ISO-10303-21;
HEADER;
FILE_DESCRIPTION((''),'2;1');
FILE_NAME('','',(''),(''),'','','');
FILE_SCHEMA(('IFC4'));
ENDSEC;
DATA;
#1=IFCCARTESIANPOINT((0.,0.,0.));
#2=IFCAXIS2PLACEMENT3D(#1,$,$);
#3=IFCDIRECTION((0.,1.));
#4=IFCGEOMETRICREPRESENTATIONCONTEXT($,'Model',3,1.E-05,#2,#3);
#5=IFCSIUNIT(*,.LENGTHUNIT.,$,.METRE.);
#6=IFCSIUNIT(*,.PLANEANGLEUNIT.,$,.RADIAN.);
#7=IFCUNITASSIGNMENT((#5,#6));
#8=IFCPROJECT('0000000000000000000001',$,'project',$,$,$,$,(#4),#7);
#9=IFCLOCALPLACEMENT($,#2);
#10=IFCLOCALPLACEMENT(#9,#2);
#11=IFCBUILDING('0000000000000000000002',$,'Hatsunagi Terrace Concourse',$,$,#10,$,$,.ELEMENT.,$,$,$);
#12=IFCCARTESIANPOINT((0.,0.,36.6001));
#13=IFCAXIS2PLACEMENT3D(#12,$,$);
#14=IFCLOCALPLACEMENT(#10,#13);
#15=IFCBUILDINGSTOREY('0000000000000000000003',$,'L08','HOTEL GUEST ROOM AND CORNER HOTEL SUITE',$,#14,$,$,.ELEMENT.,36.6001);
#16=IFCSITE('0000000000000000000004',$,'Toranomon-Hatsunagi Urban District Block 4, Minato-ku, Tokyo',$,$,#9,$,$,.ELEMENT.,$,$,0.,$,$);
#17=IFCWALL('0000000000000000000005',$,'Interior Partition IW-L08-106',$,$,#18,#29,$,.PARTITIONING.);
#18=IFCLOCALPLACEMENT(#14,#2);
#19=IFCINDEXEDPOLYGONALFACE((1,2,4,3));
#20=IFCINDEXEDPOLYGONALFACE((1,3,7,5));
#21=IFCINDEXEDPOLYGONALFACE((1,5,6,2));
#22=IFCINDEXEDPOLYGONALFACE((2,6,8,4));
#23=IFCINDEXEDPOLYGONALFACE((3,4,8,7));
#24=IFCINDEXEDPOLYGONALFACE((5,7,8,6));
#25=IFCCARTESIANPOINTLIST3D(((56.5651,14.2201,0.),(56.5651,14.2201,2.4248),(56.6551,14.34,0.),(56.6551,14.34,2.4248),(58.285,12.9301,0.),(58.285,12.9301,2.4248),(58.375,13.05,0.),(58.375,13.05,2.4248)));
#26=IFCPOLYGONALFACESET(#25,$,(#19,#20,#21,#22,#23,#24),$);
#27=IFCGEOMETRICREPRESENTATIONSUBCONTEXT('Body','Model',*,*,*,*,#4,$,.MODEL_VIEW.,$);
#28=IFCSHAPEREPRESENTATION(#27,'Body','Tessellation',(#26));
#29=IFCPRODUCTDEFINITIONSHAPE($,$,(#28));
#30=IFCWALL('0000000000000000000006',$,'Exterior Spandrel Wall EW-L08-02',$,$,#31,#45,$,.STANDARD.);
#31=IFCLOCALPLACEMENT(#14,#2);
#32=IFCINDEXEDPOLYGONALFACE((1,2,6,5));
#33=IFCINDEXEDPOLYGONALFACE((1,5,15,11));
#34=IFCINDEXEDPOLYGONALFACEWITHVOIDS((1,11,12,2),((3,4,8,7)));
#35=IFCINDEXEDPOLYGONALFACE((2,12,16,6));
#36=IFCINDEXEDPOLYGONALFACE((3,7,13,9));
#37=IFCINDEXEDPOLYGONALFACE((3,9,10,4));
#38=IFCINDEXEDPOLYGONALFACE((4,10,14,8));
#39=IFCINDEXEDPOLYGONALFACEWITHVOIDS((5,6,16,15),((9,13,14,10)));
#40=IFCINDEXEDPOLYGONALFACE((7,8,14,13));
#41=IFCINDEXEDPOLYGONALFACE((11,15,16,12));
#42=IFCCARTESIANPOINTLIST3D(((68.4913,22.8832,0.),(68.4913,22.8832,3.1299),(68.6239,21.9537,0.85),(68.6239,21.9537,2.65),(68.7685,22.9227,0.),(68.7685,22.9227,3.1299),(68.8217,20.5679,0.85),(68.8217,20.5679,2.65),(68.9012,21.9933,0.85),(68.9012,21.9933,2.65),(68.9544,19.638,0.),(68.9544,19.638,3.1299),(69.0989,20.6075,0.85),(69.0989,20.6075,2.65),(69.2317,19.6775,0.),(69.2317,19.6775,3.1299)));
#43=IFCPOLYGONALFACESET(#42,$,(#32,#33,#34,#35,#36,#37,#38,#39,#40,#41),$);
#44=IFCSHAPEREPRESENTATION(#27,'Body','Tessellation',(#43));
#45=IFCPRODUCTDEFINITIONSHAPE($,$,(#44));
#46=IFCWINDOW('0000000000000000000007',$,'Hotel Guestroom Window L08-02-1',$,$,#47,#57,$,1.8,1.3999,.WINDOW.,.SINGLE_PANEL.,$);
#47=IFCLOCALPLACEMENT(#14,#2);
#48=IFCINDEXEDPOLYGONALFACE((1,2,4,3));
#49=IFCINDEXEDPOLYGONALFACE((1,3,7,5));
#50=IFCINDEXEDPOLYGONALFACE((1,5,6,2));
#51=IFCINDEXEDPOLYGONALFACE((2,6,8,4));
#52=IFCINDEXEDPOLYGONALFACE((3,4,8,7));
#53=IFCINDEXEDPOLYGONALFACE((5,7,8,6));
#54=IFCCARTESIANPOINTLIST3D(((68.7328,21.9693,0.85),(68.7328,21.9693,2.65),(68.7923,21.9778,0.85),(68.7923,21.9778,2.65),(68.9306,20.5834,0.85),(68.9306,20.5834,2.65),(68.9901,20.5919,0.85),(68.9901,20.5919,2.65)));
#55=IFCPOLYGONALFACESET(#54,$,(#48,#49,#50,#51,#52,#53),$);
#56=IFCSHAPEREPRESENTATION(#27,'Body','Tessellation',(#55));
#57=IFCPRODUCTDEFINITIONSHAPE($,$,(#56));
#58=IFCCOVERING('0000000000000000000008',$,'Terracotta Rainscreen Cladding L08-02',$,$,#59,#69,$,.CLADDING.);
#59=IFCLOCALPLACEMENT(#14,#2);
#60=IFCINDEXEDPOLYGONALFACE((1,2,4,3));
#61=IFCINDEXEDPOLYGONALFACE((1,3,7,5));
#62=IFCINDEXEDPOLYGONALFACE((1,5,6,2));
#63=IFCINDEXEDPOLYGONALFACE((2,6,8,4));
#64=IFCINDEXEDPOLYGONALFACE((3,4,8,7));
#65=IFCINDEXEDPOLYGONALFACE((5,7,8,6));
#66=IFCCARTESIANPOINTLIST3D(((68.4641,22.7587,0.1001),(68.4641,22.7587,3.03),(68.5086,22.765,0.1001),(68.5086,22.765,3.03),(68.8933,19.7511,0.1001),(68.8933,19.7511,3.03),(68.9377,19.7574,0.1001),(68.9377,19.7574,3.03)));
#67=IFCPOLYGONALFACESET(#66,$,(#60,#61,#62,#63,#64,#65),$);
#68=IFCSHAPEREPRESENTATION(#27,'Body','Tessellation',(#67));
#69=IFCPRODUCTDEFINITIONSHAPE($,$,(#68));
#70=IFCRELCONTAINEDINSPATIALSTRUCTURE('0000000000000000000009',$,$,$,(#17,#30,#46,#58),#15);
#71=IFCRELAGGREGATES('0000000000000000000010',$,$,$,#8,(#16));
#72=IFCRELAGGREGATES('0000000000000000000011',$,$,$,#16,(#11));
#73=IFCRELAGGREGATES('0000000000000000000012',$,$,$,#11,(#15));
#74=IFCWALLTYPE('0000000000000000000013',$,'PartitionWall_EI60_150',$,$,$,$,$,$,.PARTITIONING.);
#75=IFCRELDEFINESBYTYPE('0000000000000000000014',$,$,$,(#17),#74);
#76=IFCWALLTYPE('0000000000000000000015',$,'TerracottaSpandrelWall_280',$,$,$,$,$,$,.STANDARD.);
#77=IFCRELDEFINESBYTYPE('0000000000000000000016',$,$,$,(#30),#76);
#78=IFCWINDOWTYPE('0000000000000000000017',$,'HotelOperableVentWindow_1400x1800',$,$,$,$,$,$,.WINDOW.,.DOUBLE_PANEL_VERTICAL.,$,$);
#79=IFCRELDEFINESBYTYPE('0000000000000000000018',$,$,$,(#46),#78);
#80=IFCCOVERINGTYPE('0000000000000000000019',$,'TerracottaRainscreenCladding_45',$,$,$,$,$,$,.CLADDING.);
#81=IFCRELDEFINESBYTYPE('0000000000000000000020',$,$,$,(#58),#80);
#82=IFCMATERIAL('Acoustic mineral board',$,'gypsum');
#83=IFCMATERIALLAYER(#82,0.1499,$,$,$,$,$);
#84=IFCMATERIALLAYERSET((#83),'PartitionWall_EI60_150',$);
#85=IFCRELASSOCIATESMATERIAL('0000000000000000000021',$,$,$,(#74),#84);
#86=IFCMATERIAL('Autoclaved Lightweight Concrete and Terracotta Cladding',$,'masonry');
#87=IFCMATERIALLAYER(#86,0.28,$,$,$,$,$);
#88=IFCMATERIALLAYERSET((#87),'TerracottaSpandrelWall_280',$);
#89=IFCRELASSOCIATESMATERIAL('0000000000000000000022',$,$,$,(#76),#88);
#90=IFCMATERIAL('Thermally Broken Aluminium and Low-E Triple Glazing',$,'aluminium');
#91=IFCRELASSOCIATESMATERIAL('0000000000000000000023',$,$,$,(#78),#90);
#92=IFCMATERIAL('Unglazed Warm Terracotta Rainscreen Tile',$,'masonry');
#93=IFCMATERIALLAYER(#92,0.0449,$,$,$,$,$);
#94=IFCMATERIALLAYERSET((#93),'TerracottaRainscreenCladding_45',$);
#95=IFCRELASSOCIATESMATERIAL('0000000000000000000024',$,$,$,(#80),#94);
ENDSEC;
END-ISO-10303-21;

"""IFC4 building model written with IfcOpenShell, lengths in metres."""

from ifc_helpers import new_model, si_unit, direction, frame, frame_2d, origin, origin_2d, place, context, subcontext, project, spatial, rectangle, extrude, material, layer, layer_set, type_object, element, fill, save


model = new_model("IFC4")

# Units and contexts
model_context = context("Model", 3, precision=1e-05, world=origin(), true_north=direction((0.0, 1.0)))
body_context = subcontext(model_context, "Body", "Model", "MODEL_VIEW")
ifc_project = project(units=[si_unit("LENGTHUNIT", "METRE"), si_unit("PLANEANGLEUNIT", "RADIAN")], contexts=[model_context])

# Site, building, storey
site_placement = place(None, origin())
site = spatial("IfcSite", under=ifc_project, at=site_placement, Name="Toranomon-Hatsunagi Urban District Block 4, Minato-ku, Tokyo", CompositionType="ELEMENT", RefElevation=0.0)
building_placement = place(site_placement, origin())
building = spatial("IfcBuilding", under=site, at=building_placement, Name="Hatsunagi Terrace Concourse", CompositionType="ELEMENT")
storey_placement = place(building_placement, frame((0.0, 0.0, 36.6001)))
storey = spatial("IfcBuildingStorey", under=building, at=storey_placement, Name="L08", Description="HOTEL GUEST ROOM AND CORNER HOTEL SUITE", CompositionType="ELEMENT", Elevation=36.6001)

# Shared definitions
ifc_material_1 = material(Name="Acoustic mineral board", Category="gypsum")
ifc_layer_1 = layer(ifc_material_1, 0.1499)
ifc_layer_set_1 = layer_set([ifc_layer_1], Name="PartitionWall_EI60_150")
wall_type_1 = type_object("IfcWallType", Name="PartitionWall_EI60_150", PredefinedType="PARTITIONING", material=ifc_layer_set_1)

# Wall
wall_1_placement = place(storey_placement, frame((56.6101, 14.28, 0.0), z_axis=(0.0, 0.0, 1.0), x_axis=(0.799986, -0.600018, 0.0)))
element("IfcWall", 1, at=wall_1_placement, inside=storey, type_object=wall_type_1, Name="Interior Partition IW-L08-106", PredefinedType="PARTITIONING", context=body_context, shape_type="SweptSolid", body=[
    extrude(rectangle(XDim=2.1499, YDim=0.1499, at=frame_2d((1.075, 0.0))), origin(), (0.0, 0.0, 1.0), 2.4248),
])

# Wall, opening, window
ifc_material_2 = material(Name="Autoclaved Lightweight Concrete and Terracotta Cladding", Category="masonry")
ifc_layer_2 = layer(ifc_material_2, 0.28)
ifc_layer_set_2 = layer_set([ifc_layer_2], Name="TerracottaSpandrelWall_280")
wall_type_2 = type_object("IfcWallType", Name="TerracottaSpandrelWall_280", PredefinedType="STANDARD", material=ifc_layer_set_2)
wall_2_placement = place(storey_placement, frame((68.6299, 22.9031, 0.0), z_axis=(0.0, 0.0, 1.0), x_axis=(0.141286, -0.989969, 0.0)))
wall_2 = element("IfcWall", 2, at=wall_2_placement, inside=storey, type_object=wall_type_2, Name="Exterior Spandrel Wall EW-L08-02", PredefinedType="STANDARD", context=body_context, shape_type="SweptSolid", body=[
    extrude(rectangle(XDim=3.2781, YDim=0.28, at=frame_2d((1.6392, 0.0))), origin(), (0.0, 0.0, 1.0), 3.1299),
])
opening_1_placement = place(wall_2_placement, frame((0.939, 0.0, 0.8501)))
opening_1 = element("IfcOpeningElement", 3, at=opening_1_placement, cuts=wall_2, PredefinedType="OPENING", context=body_context, shape_type="SweptSolid", body=[
    extrude(rectangle(XDim=1.3999, YDim=1.8, at=frame_2d((0.7, 0.8999))), frame((0.0, 0.1499, 0.0), z_axis=(0.0, -1.0, 0.0), x_axis=(1.0, 0.0, 0.0)), (0.0, 0.0, 1.0), 0.3),
])
ifc_material_3 = material(Name="Thermally Broken Aluminium and Low-E Triple Glazing", Category="aluminium")
window_type = type_object("IfcWindowType", Name="HotelOperableVentWindow_1400x1800", PartitioningType="DOUBLE_PANEL_VERTICAL", PredefinedType="WINDOW", material=ifc_material_3)
window_placement = place(opening_1_placement, origin())
window = element("IfcWindow", 4, at=window_placement, inside=storey, type_object=window_type, Name="Hotel Guestroom Window L08-02-1", OverallHeight=1.8, OverallWidth=1.3999, PartitioningType="SINGLE_PANEL", PredefinedType="WINDOW", context=body_context, shape_type="SweptSolid", body=[
    extrude(rectangle(XDim=1.3999, YDim=1.8, at=frame_2d((0.7, 0.8999))), frame((0.0, 0.03, 0.0), z_axis=(0.0, -1.0, 0.0), x_axis=(1.0, 0.0, 0.0)), (0.0, 0.0, 1.0), 0.0601),
])
fill(opening_1, window)

# Covering
ifc_material_4 = material(Name="Unglazed Warm Terracotta Rainscreen Tile", Category="masonry")
ifc_layer_3 = layer(ifc_material_4, 0.0449)
ifc_layer_set_3 = layer_set([ifc_layer_3], Name="TerracottaRainscreenCladding_45")
covering_type = type_object("IfcCoveringType", Name="TerracottaRainscreenCladding_45", PredefinedType="CLADDING", material=ifc_layer_set_3)
covering_placement = place(storey_placement, frame((68.7009, 21.2581, 0.1001), z_axis=(0.0, 0.0, 1.0), x_axis=(0.14125, -0.989974, 0.0)))
element("IfcCovering", 5, at=covering_placement, inside=storey, type_object=covering_type, Name="Terracotta Rainscreen Cladding L08-02", PredefinedType="CLADDING", context=body_context, shape_type="SweptSolid", body=[
    extrude(rectangle(XDim=3.0381, YDim=0.0449, at=origin_2d()), origin(), (0.0, 0.0, 1.0), 2.9299),
])

save(model, "model.ifc")
